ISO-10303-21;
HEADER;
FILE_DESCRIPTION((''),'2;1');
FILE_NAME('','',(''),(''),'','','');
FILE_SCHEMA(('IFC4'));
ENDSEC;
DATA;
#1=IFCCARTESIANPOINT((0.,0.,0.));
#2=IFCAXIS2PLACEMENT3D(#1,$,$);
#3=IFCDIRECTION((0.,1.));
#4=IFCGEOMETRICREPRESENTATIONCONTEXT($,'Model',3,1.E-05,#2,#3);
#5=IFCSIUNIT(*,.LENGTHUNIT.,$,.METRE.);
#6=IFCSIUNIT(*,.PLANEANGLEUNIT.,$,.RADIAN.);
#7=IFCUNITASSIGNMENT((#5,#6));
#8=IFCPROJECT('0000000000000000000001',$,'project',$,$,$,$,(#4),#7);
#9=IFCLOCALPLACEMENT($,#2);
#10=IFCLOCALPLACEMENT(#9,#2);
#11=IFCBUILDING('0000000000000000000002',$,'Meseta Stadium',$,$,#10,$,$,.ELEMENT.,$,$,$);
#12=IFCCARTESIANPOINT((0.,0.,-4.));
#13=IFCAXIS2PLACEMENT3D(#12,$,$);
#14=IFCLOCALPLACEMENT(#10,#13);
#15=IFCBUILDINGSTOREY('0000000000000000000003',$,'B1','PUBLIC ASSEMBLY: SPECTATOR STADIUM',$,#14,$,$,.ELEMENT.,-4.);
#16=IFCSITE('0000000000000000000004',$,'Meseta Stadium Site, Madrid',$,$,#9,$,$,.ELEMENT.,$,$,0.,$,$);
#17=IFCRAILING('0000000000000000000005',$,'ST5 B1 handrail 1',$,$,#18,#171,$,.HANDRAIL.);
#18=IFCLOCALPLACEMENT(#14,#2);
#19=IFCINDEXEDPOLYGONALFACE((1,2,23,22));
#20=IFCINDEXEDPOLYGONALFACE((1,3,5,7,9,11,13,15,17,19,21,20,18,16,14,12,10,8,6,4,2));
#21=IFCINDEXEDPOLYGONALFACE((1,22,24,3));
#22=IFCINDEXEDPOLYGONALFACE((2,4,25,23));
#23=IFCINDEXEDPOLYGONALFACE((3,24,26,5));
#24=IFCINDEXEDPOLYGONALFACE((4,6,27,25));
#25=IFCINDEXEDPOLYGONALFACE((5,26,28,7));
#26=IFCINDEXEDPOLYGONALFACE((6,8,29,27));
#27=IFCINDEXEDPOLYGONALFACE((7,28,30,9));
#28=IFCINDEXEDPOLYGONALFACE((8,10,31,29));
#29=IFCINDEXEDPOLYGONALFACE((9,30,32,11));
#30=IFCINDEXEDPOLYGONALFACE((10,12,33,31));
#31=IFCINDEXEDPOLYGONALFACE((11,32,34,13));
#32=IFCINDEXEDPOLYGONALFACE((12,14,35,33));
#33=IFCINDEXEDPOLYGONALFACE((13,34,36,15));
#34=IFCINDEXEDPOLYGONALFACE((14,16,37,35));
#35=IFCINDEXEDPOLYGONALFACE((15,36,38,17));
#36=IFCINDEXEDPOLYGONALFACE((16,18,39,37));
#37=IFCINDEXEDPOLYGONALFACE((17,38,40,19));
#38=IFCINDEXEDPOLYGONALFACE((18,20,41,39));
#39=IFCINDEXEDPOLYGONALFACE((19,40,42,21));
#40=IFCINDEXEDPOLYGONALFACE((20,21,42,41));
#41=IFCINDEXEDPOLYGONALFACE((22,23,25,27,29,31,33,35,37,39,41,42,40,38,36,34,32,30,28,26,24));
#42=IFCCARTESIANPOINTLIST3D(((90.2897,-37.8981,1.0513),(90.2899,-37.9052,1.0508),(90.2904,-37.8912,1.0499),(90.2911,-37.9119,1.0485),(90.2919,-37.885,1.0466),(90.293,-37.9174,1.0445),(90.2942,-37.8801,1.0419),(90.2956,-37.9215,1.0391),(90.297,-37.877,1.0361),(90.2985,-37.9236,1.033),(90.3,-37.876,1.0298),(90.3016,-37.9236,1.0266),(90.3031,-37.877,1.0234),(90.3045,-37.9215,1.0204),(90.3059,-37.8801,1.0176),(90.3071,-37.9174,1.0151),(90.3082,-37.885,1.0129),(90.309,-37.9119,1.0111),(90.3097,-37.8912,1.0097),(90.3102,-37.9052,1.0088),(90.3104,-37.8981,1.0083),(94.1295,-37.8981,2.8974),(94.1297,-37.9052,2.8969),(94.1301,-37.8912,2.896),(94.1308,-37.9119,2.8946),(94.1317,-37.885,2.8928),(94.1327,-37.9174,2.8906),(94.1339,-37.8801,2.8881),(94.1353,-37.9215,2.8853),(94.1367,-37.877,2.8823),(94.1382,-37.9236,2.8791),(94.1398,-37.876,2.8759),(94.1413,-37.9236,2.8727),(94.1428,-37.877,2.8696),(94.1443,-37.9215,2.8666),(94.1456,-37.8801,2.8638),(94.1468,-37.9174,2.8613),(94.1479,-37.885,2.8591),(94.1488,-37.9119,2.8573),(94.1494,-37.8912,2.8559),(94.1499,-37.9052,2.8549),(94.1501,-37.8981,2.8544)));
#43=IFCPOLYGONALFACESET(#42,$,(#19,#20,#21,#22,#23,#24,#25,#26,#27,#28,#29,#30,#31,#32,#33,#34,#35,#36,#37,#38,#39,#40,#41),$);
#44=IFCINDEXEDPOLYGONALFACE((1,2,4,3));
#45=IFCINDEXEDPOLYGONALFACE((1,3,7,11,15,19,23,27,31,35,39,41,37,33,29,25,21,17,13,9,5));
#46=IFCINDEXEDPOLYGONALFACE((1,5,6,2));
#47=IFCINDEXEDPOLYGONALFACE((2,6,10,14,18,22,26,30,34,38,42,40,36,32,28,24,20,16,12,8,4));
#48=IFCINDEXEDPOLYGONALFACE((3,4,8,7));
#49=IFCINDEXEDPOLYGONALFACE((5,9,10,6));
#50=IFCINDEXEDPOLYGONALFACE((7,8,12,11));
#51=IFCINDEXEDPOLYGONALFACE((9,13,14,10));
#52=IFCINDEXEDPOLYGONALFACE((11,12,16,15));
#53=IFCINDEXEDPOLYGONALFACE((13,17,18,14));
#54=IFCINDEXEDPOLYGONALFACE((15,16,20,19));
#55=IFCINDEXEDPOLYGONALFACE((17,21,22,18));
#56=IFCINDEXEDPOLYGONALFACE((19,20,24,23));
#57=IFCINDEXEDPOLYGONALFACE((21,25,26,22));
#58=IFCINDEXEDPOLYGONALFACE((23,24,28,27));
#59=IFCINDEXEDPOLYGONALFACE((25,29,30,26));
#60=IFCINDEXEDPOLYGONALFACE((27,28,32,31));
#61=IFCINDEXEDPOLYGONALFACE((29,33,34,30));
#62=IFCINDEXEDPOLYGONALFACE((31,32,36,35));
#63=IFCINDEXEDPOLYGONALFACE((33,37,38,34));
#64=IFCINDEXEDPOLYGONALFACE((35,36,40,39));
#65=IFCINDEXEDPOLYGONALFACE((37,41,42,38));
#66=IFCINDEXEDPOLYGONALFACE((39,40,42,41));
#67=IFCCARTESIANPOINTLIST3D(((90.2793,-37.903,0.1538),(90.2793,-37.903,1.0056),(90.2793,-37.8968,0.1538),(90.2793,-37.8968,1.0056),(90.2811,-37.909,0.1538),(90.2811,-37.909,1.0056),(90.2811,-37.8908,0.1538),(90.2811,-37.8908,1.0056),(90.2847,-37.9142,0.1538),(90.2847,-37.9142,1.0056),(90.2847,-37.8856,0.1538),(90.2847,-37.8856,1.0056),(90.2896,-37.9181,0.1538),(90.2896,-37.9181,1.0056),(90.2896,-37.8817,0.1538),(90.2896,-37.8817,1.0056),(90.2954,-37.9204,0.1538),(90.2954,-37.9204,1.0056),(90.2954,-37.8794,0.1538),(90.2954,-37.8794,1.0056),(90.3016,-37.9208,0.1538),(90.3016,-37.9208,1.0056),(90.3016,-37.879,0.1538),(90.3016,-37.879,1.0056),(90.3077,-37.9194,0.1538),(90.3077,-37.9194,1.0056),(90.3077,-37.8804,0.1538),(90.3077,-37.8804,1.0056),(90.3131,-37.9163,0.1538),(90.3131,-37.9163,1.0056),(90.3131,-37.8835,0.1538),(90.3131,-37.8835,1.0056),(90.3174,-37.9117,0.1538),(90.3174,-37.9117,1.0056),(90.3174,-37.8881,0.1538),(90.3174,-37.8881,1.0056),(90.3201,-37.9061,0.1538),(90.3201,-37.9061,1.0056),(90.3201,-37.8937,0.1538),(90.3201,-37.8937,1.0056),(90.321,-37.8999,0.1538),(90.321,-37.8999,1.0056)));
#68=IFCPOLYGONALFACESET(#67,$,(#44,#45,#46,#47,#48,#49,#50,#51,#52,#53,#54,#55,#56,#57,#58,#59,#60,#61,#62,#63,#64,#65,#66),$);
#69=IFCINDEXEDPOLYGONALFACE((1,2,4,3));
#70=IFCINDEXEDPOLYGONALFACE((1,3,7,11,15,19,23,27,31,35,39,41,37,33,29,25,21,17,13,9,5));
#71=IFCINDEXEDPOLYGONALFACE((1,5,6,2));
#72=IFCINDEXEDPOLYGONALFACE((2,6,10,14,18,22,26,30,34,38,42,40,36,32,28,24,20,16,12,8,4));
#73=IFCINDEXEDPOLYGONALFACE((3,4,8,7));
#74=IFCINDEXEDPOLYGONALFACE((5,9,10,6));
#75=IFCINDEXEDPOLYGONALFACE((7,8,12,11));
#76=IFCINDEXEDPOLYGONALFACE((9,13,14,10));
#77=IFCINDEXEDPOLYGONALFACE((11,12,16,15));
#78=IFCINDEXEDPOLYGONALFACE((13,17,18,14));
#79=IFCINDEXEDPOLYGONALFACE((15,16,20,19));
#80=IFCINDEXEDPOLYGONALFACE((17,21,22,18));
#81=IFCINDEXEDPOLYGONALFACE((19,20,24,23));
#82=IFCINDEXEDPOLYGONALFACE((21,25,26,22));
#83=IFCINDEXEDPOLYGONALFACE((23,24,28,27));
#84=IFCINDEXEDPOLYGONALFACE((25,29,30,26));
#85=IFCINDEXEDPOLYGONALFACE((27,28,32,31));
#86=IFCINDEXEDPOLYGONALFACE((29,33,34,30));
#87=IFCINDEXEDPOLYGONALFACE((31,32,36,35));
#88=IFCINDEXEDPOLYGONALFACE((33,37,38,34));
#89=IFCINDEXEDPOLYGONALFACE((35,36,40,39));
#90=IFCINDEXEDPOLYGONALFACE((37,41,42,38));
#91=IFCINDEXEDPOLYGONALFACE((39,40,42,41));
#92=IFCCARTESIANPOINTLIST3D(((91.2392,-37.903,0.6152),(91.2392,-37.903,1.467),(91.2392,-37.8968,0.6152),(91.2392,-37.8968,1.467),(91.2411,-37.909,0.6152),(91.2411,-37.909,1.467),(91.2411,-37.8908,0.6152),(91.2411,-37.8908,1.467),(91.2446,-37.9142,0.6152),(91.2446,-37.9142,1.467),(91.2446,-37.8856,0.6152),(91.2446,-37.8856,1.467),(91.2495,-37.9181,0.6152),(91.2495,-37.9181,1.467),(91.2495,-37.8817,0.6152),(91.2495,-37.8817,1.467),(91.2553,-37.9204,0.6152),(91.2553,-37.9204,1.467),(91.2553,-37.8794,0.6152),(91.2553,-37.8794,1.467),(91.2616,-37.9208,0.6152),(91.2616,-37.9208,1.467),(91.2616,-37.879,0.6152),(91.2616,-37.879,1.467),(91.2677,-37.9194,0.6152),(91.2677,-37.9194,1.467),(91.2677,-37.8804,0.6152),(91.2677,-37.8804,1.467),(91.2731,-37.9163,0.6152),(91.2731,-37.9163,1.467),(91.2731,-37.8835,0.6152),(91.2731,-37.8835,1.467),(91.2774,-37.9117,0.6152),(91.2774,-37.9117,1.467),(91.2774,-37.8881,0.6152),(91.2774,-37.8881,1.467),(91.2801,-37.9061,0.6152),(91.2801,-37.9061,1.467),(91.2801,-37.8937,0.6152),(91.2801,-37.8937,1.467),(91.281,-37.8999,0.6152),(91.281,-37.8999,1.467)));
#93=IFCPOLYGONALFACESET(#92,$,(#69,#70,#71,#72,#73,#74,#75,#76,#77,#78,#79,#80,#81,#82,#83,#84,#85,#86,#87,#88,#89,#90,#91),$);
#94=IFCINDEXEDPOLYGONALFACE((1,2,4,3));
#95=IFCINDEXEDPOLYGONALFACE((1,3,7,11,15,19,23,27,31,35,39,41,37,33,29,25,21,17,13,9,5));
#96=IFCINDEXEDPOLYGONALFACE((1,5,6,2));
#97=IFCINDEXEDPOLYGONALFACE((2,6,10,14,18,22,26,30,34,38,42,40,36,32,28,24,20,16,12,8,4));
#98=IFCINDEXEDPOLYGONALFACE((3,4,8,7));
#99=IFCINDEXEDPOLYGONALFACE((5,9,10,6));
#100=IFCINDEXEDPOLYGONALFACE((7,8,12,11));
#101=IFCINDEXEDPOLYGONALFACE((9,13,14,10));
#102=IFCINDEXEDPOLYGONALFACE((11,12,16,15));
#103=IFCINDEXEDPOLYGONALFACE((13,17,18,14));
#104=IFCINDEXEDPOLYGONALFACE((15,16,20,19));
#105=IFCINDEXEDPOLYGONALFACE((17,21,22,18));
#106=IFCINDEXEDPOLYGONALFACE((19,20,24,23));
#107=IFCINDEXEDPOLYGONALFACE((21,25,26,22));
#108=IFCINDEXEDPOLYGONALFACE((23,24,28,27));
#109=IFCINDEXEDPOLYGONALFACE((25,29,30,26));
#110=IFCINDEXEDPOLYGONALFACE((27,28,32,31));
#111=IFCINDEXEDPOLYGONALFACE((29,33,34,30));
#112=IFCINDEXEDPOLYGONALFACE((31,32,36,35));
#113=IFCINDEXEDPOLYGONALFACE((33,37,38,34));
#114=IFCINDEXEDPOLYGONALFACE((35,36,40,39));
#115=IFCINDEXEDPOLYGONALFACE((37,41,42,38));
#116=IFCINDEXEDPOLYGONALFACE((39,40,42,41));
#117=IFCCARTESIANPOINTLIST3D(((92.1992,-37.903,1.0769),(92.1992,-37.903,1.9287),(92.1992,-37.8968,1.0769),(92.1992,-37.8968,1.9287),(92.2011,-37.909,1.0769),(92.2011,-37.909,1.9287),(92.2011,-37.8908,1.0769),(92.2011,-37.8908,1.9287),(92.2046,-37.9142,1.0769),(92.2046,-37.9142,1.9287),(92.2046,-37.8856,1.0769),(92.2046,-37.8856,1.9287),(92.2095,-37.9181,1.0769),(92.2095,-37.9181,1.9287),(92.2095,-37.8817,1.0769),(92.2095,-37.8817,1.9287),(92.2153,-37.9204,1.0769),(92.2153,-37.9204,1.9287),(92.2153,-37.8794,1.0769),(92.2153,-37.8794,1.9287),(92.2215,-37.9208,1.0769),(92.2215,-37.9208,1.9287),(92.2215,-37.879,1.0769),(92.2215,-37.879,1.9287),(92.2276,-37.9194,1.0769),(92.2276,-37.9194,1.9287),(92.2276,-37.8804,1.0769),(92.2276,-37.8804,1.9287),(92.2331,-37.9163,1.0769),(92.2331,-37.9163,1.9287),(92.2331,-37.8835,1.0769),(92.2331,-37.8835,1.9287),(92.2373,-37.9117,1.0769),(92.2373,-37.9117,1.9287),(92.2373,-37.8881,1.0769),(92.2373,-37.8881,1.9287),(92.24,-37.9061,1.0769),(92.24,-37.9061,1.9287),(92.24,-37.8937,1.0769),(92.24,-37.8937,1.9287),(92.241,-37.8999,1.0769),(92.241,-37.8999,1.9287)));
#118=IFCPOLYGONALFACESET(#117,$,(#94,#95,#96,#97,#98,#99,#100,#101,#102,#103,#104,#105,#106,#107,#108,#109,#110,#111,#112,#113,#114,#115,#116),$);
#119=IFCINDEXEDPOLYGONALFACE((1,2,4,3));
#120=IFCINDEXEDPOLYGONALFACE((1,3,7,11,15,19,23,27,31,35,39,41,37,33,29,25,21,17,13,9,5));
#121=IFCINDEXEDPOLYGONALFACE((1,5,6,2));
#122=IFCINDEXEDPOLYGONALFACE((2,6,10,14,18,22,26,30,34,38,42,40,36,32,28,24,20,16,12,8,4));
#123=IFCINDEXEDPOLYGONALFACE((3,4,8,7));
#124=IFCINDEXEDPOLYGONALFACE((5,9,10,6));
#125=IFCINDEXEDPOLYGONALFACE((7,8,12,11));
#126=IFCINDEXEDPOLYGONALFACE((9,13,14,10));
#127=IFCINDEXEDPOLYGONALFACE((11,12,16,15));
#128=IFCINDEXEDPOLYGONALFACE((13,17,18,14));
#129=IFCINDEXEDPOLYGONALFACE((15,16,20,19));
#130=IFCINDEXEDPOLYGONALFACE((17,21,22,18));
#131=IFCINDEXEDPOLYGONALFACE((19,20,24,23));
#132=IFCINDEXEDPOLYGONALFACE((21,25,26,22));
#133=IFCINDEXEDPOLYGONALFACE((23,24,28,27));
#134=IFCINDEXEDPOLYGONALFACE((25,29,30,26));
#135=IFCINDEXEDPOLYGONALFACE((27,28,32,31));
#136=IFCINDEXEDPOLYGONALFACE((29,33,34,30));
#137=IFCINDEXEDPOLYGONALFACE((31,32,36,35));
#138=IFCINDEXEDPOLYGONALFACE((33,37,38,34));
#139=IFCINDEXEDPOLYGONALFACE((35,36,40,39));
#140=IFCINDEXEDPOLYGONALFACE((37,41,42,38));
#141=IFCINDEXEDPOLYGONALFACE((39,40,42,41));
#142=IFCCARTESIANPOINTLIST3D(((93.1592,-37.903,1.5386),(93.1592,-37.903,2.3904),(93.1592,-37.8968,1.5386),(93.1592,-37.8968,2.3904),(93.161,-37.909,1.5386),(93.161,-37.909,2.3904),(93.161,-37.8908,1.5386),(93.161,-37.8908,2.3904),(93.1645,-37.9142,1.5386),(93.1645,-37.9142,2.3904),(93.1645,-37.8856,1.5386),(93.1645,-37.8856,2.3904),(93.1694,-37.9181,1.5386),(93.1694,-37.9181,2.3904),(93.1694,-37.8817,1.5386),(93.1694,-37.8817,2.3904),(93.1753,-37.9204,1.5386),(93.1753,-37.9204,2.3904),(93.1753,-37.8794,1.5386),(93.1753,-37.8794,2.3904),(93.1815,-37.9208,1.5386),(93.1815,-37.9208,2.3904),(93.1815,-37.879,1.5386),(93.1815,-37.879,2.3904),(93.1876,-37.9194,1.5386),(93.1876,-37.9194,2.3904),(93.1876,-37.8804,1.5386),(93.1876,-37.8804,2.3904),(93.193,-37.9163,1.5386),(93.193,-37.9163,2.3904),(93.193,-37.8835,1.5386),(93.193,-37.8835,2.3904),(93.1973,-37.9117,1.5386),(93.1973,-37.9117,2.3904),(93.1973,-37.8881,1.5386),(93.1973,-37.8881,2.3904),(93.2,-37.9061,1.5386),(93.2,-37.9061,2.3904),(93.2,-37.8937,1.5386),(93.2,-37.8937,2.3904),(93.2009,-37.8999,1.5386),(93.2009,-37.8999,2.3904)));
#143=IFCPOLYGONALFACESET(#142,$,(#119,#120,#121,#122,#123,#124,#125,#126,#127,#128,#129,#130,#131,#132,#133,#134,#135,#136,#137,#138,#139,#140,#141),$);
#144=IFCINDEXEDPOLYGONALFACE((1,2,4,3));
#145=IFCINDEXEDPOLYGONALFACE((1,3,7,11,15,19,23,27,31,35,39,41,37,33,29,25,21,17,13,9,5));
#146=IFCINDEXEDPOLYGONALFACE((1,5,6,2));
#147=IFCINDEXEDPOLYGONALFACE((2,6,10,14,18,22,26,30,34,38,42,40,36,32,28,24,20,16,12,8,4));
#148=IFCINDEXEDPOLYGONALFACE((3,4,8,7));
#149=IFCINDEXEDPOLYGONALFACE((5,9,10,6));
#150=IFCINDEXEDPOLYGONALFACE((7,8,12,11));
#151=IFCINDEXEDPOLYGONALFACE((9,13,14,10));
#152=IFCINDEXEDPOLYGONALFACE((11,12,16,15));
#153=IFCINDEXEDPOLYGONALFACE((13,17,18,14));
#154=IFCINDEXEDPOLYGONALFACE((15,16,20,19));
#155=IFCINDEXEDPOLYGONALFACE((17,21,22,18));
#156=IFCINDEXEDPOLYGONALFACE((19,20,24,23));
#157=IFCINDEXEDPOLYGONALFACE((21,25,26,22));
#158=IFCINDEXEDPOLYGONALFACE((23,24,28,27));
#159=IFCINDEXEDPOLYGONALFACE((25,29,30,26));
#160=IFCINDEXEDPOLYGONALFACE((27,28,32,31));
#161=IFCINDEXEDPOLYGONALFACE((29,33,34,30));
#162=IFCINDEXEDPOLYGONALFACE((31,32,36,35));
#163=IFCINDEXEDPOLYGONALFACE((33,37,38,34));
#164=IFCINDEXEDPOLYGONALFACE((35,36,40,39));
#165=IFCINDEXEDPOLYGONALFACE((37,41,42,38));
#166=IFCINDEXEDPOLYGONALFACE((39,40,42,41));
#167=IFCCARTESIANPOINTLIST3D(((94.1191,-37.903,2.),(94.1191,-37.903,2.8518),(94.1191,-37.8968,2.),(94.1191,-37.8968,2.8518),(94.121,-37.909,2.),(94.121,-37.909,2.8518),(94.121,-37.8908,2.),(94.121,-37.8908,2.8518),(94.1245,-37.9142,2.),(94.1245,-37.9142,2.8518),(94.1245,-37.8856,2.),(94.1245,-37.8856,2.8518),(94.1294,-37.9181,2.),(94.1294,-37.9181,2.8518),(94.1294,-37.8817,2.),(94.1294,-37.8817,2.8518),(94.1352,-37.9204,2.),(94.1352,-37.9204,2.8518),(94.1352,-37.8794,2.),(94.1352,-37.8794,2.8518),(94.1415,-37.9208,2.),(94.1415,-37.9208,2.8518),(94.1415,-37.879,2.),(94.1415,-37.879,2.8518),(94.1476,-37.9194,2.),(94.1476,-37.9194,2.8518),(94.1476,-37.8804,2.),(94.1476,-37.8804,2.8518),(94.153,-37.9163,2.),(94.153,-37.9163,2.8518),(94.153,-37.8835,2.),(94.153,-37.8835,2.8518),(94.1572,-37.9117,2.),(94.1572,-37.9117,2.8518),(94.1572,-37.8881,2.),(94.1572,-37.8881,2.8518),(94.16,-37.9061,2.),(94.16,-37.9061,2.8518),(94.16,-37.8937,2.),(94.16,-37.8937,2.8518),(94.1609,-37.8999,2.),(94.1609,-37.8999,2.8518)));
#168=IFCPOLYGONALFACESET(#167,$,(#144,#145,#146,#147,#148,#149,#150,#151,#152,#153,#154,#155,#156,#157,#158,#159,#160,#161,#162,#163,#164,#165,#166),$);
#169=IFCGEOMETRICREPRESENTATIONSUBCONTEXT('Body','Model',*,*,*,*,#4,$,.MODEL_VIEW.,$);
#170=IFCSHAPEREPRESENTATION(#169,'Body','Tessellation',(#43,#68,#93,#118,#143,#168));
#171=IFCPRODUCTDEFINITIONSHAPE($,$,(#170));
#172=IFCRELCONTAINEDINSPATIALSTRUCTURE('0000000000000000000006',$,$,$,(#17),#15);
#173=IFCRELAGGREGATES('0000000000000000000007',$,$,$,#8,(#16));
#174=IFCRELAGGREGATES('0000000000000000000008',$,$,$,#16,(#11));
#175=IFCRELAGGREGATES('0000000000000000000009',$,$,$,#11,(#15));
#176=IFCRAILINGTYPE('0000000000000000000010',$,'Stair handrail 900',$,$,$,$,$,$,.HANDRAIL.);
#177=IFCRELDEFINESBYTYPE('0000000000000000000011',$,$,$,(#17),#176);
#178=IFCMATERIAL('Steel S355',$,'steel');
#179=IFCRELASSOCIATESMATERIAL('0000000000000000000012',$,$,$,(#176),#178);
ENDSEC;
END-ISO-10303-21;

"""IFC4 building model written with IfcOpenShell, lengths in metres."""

from ifc_helpers import new_model, si_unit, direction, frame, origin, origin_2d, place, context, subcontext, project, spatial, circle, extrude, material, type_object, element, save


model = new_model("IFC4")

# Units and contexts
model_context = context("Model", 3, precision=1e-05, world=origin(), true_north=direction((0.0, 1.0)))
body_context = subcontext(model_context, "Body", "Model", "MODEL_VIEW")
ifc_project = project(units=[si_unit("LENGTHUNIT", "METRE"), si_unit("PLANEANGLEUNIT", "RADIAN")], contexts=[model_context])

# Site, building, storey
site_placement = place(None, origin())
site = spatial("IfcSite", under=ifc_project, at=site_placement, Name="Meseta Stadium Site, Madrid", CompositionType="ELEMENT", RefElevation=0.0)
building_placement = place(site_placement, origin())
building = spatial("IfcBuilding", under=site, at=building_placement, Name="Meseta Stadium", CompositionType="ELEMENT")
storey_placement = place(building_placement, frame((0.0, 0.0, -4.0)))
storey = spatial("IfcBuildingStorey", under=building, at=storey_placement, Name="B1", Description="PUBLIC ASSEMBLY: SPECTATOR STADIUM", CompositionType="ELEMENT", Elevation=-4.0)

# Railing
ifc_material_1 = material(Name="Steel S355", Category="steel")
railing_type_1 = type_object("IfcRailingType", Name="Stair handrail 900", PredefinedType="HANDRAIL", material=ifc_material_1)
for number, where, name in (
    (1, (90.3, -37.8999, 0.1538), "ST5 B1 handrail 1"),
):
    element("IfcRailing", number, at=place(storey_placement, frame(where)), inside=storey, type_object=railing_type_1, Name=name, PredefinedType="HANDRAIL", context=body_context, shape_type="SweptSolid", body=[
        extrude(circle(Radius=0.0239, at=origin_2d()), frame((0.0, 0.0, 0.876), z_axis=(0.901242, 0.0, 0.433316), x_axis=(0.0, 1.0, 0.0)), (0.0, 0.0, 1.0), 4.2605),
        extrude(circle(Radius=0.021, at=origin_2d()), origin(), (0.0, 0.0, 1.0), 0.8518),
        extrude(circle(Radius=0.021, at=origin_2d()), frame((0.96, 0.0, 0.4614)), (0.0, 0.0, 1.0), 0.8518),
        extrude(circle(Radius=0.021, at=origin_2d()), frame((1.9199, 0.0, 0.9231)), (0.0, 0.0, 1.0), 0.8518),
        extrude(circle(Radius=0.021, at=origin_2d()), frame((2.8799, 0.0, 1.3848)), (0.0, 0.0, 1.0), 0.8518),
        extrude(circle(Radius=0.021, at=origin_2d()), frame((3.8398, 0.0, 1.8462)), (0.0, 0.0, 1.0), 0.8518),
    ])

save(model, "model.ifc")
